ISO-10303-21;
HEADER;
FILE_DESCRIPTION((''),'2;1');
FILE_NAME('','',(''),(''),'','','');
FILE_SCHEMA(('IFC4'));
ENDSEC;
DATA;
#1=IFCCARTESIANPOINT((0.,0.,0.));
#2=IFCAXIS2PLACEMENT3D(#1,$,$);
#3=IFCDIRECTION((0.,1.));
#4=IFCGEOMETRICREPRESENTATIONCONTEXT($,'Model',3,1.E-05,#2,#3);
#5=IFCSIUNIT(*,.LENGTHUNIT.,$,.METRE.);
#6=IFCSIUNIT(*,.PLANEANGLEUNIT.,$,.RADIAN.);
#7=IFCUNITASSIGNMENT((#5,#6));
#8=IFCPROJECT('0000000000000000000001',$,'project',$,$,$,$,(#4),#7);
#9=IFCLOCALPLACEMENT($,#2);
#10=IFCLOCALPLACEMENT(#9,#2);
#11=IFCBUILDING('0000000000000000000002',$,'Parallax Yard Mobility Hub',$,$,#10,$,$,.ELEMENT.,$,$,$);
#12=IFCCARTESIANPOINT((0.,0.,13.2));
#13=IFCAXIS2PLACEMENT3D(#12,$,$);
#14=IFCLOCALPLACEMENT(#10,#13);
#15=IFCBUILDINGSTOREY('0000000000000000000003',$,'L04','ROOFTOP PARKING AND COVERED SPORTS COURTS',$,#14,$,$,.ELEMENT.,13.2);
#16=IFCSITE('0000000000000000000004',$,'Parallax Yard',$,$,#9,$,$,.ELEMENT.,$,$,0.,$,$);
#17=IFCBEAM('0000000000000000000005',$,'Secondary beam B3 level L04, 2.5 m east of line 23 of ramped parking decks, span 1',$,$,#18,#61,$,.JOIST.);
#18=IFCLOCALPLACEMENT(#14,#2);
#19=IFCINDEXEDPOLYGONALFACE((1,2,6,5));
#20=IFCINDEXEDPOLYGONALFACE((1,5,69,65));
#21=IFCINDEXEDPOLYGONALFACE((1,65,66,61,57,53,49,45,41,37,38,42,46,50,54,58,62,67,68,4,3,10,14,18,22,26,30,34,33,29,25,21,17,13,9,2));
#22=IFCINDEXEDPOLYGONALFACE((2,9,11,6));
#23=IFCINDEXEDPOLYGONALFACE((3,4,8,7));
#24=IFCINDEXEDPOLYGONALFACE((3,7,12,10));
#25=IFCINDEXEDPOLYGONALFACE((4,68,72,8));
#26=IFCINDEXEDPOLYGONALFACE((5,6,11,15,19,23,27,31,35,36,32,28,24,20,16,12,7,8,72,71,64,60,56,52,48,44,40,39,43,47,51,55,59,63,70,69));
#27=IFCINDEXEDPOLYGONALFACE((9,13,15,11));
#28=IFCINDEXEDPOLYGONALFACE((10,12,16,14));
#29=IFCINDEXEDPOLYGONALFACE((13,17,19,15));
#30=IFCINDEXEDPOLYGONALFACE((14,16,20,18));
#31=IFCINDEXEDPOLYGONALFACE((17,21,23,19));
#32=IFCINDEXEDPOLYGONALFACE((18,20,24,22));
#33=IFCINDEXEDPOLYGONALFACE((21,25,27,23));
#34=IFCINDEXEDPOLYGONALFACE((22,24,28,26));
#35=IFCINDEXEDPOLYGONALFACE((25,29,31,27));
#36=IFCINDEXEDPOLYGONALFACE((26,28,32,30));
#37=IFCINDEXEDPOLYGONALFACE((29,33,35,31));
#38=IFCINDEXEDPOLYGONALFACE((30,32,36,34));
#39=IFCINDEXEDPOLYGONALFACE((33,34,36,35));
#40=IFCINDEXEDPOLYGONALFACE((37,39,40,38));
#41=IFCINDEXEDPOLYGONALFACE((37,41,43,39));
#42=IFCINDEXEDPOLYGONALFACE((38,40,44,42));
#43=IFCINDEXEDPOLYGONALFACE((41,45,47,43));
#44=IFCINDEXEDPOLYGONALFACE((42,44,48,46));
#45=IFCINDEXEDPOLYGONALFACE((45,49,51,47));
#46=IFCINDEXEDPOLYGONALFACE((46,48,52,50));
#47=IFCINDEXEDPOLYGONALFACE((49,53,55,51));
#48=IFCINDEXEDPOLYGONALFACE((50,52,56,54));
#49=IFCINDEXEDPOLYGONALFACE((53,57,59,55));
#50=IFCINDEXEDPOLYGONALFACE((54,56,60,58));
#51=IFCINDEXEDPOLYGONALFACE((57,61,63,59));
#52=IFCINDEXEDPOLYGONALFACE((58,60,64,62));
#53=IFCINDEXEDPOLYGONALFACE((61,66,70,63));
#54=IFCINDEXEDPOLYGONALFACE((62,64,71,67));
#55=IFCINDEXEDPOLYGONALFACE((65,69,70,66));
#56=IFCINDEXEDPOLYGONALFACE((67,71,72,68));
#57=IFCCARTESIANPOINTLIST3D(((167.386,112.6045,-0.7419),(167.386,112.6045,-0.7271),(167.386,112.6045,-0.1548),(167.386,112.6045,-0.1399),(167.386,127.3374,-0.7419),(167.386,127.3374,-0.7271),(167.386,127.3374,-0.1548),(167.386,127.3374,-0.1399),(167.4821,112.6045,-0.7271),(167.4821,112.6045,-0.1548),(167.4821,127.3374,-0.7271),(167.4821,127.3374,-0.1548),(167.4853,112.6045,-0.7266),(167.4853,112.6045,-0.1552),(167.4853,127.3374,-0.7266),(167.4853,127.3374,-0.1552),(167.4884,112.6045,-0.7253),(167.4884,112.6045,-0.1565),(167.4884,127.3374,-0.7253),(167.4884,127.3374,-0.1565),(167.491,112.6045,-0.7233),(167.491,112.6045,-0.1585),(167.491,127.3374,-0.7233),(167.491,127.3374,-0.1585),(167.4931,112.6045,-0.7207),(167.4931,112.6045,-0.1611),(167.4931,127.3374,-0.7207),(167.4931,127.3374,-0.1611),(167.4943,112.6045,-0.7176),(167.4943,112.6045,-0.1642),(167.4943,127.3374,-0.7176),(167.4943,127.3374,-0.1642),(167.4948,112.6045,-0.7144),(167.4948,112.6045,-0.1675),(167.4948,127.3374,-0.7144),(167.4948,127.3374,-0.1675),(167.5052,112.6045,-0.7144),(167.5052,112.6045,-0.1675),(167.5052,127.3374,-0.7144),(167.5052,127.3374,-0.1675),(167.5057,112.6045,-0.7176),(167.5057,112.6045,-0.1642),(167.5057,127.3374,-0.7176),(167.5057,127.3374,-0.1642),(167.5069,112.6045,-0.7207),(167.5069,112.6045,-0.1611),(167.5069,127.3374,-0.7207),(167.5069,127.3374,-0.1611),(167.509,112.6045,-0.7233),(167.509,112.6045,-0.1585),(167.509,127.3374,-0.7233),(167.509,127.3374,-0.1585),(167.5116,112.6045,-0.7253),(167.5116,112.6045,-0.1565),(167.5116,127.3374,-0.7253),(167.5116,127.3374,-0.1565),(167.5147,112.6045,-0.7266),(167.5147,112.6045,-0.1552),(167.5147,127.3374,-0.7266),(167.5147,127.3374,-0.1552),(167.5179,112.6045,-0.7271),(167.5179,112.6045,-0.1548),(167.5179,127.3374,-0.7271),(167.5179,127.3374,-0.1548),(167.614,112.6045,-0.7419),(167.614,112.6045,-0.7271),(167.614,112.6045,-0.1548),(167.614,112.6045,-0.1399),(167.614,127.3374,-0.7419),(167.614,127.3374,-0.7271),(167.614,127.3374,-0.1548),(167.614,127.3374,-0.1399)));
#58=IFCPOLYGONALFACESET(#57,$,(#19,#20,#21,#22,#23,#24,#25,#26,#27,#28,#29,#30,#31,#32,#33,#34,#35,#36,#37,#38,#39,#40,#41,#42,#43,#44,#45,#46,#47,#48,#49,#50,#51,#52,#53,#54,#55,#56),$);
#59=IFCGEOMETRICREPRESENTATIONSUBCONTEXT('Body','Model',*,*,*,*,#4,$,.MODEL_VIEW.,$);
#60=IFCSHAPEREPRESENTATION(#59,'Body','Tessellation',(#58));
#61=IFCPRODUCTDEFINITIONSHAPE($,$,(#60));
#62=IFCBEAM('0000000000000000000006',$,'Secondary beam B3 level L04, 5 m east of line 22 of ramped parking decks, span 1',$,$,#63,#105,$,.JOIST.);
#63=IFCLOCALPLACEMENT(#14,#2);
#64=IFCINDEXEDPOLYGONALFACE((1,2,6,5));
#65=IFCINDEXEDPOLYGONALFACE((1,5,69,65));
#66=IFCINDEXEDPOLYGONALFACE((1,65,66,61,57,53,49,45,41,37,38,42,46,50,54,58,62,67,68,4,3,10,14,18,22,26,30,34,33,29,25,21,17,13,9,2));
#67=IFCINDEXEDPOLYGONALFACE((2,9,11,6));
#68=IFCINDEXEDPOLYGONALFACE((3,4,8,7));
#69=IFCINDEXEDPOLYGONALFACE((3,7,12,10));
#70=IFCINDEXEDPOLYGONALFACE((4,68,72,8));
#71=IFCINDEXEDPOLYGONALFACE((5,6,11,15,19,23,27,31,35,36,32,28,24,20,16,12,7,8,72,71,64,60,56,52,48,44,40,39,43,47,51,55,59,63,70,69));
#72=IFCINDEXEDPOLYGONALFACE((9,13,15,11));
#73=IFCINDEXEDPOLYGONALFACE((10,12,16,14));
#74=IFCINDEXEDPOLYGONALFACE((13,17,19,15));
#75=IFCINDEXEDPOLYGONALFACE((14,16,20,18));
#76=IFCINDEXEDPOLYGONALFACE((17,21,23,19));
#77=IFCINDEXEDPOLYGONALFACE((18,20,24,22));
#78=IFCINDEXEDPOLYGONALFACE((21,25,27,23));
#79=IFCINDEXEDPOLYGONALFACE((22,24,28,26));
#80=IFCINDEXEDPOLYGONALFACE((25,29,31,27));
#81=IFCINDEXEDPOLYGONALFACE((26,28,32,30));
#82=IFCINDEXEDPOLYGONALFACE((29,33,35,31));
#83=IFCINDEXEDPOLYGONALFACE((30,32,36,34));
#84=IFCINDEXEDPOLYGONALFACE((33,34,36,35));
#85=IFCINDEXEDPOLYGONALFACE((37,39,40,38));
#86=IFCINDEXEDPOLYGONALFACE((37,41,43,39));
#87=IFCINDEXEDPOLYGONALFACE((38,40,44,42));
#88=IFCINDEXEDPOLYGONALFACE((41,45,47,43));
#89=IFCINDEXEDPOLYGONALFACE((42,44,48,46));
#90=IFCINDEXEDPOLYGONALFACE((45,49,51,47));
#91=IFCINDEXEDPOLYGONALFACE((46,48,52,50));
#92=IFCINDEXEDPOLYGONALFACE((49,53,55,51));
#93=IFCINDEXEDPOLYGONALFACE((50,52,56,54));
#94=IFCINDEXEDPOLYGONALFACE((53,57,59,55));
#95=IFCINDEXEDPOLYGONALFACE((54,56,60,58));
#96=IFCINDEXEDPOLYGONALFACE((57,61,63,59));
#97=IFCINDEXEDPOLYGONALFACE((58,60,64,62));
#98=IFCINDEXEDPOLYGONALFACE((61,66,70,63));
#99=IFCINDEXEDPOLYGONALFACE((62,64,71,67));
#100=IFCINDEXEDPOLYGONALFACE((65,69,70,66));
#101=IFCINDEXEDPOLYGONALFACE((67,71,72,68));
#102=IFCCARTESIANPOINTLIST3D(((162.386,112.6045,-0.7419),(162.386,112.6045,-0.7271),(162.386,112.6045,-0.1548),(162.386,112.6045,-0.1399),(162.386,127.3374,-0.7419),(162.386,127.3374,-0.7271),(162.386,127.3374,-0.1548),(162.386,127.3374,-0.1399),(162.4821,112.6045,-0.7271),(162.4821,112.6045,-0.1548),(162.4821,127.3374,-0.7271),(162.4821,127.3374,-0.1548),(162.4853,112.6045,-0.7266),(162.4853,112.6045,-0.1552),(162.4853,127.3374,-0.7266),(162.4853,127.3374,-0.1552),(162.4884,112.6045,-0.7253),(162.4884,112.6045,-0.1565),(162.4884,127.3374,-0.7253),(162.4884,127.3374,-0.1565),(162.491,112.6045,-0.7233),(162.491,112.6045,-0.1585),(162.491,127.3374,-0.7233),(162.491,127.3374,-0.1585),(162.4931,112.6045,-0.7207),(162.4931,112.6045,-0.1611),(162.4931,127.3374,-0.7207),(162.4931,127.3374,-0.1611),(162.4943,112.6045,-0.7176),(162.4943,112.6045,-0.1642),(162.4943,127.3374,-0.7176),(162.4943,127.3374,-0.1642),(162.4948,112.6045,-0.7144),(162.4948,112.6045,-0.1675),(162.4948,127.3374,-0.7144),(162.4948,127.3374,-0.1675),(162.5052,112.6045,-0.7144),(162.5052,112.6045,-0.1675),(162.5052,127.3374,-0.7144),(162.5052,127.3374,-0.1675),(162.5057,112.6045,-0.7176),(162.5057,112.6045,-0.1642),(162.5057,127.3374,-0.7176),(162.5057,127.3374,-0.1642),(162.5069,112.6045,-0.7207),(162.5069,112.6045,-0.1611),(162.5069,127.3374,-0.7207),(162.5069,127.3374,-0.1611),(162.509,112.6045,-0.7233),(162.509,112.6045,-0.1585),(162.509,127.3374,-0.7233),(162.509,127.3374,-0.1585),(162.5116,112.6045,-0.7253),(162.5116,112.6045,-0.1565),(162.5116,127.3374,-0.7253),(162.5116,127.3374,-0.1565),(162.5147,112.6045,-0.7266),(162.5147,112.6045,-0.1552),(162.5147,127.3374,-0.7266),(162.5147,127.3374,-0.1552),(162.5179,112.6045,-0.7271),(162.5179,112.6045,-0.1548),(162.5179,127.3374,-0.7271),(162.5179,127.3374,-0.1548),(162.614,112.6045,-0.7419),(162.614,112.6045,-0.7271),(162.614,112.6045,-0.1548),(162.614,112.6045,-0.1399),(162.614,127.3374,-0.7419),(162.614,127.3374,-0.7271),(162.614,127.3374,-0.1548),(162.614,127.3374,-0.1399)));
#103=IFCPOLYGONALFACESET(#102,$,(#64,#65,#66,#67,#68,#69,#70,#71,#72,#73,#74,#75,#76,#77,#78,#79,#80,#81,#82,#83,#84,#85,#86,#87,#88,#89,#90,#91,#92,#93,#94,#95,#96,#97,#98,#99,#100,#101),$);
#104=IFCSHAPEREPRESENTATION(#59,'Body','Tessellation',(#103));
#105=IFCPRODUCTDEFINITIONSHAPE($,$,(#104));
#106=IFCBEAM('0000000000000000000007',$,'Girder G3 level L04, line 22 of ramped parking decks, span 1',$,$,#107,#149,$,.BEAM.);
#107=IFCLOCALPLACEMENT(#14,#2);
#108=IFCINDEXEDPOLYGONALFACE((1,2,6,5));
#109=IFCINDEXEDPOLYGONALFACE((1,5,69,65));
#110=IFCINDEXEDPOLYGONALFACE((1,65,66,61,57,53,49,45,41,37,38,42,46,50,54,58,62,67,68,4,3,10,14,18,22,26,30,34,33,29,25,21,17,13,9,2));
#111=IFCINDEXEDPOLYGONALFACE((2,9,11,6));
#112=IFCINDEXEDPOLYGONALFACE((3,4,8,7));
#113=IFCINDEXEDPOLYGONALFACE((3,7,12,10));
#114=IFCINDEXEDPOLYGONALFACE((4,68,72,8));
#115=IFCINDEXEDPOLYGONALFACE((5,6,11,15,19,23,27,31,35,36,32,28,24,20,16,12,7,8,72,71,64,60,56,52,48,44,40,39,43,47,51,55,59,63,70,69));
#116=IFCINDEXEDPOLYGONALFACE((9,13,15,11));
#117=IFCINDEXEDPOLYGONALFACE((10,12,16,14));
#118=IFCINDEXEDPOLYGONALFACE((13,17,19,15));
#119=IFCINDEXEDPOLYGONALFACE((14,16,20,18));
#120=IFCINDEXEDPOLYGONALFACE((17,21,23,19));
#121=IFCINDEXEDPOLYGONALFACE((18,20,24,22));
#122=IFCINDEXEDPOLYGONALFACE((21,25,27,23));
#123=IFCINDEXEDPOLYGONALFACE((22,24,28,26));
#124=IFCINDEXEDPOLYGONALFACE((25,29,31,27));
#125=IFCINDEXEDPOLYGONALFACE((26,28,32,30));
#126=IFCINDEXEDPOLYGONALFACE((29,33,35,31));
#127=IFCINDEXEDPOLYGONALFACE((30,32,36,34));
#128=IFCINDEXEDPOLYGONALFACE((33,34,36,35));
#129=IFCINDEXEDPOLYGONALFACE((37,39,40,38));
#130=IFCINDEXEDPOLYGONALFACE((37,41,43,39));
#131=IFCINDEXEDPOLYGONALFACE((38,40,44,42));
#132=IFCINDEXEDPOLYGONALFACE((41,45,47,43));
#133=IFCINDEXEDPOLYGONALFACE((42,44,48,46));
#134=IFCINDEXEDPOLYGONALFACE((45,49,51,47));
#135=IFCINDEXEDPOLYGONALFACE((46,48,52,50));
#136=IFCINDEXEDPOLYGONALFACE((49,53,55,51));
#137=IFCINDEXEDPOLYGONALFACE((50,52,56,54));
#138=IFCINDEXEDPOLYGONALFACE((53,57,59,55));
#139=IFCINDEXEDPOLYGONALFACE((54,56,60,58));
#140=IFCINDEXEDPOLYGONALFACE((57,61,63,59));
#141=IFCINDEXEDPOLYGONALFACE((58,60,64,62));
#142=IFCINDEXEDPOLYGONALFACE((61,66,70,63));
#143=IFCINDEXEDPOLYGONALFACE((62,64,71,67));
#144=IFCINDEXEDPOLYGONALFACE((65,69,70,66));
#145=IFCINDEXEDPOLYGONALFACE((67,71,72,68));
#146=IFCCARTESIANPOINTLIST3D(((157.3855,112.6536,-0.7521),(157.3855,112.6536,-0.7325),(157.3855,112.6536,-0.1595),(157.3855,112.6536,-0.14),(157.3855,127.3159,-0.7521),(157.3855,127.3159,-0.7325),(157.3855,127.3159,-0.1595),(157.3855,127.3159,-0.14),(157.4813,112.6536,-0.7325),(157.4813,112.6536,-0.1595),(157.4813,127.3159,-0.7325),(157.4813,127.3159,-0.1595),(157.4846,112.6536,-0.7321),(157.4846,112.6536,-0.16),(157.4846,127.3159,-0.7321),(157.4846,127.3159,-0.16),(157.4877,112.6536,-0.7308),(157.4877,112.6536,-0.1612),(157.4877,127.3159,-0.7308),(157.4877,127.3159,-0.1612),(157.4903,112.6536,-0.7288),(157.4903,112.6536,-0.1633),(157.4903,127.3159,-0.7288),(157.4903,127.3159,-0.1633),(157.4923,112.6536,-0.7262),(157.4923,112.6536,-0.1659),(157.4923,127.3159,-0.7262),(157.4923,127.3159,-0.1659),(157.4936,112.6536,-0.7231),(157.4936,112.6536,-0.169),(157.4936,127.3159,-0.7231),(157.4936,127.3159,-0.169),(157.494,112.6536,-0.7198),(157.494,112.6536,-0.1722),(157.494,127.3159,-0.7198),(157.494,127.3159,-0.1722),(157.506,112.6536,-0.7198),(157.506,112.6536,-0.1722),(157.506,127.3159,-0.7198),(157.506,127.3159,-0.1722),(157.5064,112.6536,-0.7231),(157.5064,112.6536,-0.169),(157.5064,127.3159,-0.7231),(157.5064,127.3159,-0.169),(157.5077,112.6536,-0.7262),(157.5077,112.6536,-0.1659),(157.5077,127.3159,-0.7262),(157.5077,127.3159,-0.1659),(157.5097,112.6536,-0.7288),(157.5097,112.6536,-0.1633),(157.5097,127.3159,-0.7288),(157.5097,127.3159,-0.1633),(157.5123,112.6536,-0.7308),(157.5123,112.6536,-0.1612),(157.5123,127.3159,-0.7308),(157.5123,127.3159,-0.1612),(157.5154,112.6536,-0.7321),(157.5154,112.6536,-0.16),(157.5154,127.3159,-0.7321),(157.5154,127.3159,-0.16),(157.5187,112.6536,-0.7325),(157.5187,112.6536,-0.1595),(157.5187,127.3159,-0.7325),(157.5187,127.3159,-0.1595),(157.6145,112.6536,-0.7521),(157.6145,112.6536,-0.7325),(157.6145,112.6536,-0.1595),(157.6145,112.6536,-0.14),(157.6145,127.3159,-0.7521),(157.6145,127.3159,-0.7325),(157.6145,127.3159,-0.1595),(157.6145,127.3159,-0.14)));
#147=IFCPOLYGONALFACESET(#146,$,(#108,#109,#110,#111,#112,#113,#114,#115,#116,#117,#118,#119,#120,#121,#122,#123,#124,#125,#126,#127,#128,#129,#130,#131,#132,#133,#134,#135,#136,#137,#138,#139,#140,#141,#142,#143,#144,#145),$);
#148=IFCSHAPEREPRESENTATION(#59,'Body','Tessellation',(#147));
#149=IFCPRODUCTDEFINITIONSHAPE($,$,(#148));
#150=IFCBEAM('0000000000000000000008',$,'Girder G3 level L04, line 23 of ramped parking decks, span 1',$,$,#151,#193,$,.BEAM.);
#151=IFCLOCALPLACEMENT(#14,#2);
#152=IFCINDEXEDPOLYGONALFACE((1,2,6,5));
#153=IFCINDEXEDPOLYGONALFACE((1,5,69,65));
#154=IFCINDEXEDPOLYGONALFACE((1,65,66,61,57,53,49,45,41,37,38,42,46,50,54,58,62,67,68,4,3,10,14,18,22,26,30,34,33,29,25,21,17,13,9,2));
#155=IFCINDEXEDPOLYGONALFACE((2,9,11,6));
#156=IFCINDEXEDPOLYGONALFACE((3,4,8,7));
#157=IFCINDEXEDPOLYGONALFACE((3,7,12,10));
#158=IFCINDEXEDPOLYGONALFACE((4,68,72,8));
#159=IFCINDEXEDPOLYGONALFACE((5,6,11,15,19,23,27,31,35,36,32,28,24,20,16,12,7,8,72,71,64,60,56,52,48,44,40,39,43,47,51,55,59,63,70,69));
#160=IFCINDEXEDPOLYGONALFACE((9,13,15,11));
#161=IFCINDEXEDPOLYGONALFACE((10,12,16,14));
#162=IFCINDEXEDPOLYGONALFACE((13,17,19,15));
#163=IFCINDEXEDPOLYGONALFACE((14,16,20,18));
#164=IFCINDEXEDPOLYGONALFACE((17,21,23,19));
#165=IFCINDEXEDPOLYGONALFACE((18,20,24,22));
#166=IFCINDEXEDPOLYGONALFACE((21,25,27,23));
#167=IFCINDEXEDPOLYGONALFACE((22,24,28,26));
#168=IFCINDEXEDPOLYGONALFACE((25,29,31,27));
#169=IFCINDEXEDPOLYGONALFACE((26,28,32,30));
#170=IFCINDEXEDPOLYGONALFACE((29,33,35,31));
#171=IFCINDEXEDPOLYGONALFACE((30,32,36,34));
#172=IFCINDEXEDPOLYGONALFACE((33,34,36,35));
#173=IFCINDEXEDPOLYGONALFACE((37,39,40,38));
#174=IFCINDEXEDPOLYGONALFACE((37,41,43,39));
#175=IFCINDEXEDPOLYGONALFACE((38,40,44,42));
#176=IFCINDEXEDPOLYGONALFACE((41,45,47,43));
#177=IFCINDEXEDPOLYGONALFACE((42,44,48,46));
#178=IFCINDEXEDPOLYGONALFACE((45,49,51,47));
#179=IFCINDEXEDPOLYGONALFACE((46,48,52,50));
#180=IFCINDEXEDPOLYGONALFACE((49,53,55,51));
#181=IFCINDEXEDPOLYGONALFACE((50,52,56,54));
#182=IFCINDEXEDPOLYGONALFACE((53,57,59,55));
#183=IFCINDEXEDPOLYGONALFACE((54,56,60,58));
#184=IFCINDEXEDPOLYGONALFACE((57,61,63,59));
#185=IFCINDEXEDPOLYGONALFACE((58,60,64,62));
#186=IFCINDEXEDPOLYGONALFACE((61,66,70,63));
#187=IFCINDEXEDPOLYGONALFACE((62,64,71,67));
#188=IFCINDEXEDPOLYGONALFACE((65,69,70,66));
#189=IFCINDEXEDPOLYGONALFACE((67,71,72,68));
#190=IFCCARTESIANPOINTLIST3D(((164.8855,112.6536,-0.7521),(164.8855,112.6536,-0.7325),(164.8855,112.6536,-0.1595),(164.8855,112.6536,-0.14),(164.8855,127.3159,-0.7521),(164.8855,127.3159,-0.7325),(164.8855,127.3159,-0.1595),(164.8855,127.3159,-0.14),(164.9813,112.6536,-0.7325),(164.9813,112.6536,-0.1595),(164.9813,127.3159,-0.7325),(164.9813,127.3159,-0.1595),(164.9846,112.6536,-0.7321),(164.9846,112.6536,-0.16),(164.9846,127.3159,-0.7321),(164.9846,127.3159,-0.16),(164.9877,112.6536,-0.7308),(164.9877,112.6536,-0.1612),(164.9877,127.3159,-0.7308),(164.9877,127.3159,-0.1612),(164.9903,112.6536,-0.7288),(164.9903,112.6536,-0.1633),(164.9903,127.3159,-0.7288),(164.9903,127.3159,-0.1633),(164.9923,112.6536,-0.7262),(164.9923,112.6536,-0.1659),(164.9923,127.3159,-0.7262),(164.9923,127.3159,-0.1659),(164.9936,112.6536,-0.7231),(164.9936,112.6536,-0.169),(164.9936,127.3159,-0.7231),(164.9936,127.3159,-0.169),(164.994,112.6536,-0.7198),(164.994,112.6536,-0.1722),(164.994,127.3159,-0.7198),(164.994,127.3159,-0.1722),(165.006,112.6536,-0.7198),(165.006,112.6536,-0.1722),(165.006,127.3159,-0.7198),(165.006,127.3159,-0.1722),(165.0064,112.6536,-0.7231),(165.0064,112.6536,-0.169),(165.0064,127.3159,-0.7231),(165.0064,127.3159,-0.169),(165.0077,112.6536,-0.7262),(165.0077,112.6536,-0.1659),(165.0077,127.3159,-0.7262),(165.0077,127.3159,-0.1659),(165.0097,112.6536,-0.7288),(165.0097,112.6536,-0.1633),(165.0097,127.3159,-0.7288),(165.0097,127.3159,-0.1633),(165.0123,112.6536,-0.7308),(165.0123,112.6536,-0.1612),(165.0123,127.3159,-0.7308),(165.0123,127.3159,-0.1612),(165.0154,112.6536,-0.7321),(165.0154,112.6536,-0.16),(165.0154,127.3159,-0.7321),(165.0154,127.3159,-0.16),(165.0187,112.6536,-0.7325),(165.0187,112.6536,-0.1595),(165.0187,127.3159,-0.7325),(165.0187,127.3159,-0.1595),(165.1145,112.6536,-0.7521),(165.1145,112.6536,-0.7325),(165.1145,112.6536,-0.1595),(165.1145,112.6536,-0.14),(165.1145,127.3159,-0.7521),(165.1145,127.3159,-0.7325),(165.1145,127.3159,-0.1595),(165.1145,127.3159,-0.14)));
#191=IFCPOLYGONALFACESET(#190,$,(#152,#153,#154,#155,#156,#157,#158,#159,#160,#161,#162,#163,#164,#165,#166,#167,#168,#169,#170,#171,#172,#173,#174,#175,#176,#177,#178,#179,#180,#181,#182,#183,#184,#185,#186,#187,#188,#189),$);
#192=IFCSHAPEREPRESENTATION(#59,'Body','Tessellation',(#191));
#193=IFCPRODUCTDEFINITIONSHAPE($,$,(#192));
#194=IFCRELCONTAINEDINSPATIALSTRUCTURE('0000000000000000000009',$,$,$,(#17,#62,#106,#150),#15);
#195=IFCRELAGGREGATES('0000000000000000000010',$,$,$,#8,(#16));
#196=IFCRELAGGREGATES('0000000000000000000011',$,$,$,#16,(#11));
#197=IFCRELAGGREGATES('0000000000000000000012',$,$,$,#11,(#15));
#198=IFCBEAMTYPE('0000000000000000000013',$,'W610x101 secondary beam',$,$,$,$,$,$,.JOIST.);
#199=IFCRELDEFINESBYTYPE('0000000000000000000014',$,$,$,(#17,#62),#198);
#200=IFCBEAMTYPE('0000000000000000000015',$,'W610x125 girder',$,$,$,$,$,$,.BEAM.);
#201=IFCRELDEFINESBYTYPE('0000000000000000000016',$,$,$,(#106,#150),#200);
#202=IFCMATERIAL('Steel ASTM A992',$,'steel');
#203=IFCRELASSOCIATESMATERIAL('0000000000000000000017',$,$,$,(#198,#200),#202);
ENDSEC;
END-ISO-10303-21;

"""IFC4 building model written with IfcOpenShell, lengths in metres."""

from ifc_helpers import new_model, si_unit, direction, frame, origin, origin_2d, place, context, subcontext, project, spatial, i_section, extrude, material, material_profile, profile_set, type_object, element, save


model = new_model("IFC4")

# Units and contexts
model_context = context("Model", 3, precision=1e-05, world=origin(), true_north=direction((0.0, 1.0)))
body_context = subcontext(model_context, "Body", "Model", "MODEL_VIEW")
ifc_project = project(units=[si_unit("LENGTHUNIT", "METRE"), si_unit("PLANEANGLEUNIT", "RADIAN")], contexts=[model_context])

# Site, building, storey
site_placement = place(None, origin())
site = spatial("IfcSite", under=ifc_project, at=site_placement, Name="Parallax Yard", CompositionType="ELEMENT", RefElevation=0.0)
building_placement = place(site_placement, origin())
building = spatial("IfcBuilding", under=site, at=building_placement, Name="Parallax Yard Mobility Hub", CompositionType="ELEMENT")
storey_placement = place(building_placement, frame((0.0, 0.0, 13.2)))
storey = spatial("IfcBuildingStorey", under=building, at=storey_placement, Name="L04", Description="ROOFTOP PARKING AND COVERED SPORTS COURTS", CompositionType="ELEMENT", Elevation=13.2)

# Shared definitions
ifc_material_1 = material(Name="Steel ASTM A992", Category="steel")

# Beams
ifc_material_profile_1 = material_profile(ifc_material_1, i_section(OverallWidth=0.228, OverallDepth=0.6021, WebThickness=0.0105, FlangeThickness=0.0149, FilletRadius=0.0127, at=origin_2d()), Name="W610x101")
ifc_profile_set_1 = profile_set([ifc_material_profile_1], Name="Steel ASTM A992")
beam_type_1 = type_object("IfcBeamType", Name="W610x101 secondary beam", PredefinedType="JOIST", material=ifc_profile_set_1)
for number, where, z_axis, x_axis, name in (
    (1, (167.5, 112.6045, -0.4409), (0.0, 1.0, 0.0), (-1.0, 0.0, 0.0), "Secondary beam B3 level L04, 2.5 m east of line 23 of ramped parking decks, span 1"),
    (2, (162.5, 112.6045, -0.4409), (0.0, 1.0, 0.0), (-1.0, 0.0, 0.0), "Secondary beam B3 level L04, 5 m east of line 22 of ramped parking decks, span 1"),
):
    element("IfcBeam", number, at=place(storey_placement, frame(where, z_axis=z_axis, x_axis=x_axis)), inside=storey, type_object=beam_type_1, Name=name, PredefinedType="JOIST", context=body_context, shape_type="SweptSolid", body=[
        extrude(i_section(OverallWidth=0.228, OverallDepth=0.6021, WebThickness=0.0105, FlangeThickness=0.0149, FilletRadius=0.0127, at=origin_2d()), origin(), (0.0, 0.0, 1.0), 14.7329),
    ])
ifc_material_profile_2 = material_profile(ifc_material_1, i_section(OverallWidth=0.229, OverallDepth=0.6121, WebThickness=0.012, FlangeThickness=0.0195, FilletRadius=0.0127, at=origin_2d()), Name="W610x125")
ifc_profile_set_2 = profile_set([ifc_material_profile_2], Name="Steel ASTM A992")
beam_type_2 = type_object("IfcBeamType", Name="W610x125 girder", PredefinedType="BEAM", material=ifc_profile_set_2)
for number, where, z_axis, x_axis, name in (
    (3, (157.5, 112.6536, -0.446), (0.0, 1.0, 0.0), (-1.0, 0.0, 0.0), "Girder G3 level L04, line 22 of ramped parking decks, span 1"),
    (4, (165.0, 112.6536, -0.446), (0.0, 1.0, 0.0), (-1.0, 0.0, 0.0), "Girder G3 level L04, line 23 of ramped parking decks, span 1"),
):
    element("IfcBeam", number, at=place(storey_placement, frame(where, z_axis=z_axis, x_axis=x_axis)), inside=storey, type_object=beam_type_2, Name=name, PredefinedType="BEAM", context=body_context, shape_type="SweptSolid", body=[
        extrude(i_section(OverallWidth=0.229, OverallDepth=0.6121, WebThickness=0.012, FlangeThickness=0.0195, FilletRadius=0.0127, at=origin_2d()), origin(), (0.0, 0.0, 1.0), 14.6624),
    ])

save(model, "model.ifc")
